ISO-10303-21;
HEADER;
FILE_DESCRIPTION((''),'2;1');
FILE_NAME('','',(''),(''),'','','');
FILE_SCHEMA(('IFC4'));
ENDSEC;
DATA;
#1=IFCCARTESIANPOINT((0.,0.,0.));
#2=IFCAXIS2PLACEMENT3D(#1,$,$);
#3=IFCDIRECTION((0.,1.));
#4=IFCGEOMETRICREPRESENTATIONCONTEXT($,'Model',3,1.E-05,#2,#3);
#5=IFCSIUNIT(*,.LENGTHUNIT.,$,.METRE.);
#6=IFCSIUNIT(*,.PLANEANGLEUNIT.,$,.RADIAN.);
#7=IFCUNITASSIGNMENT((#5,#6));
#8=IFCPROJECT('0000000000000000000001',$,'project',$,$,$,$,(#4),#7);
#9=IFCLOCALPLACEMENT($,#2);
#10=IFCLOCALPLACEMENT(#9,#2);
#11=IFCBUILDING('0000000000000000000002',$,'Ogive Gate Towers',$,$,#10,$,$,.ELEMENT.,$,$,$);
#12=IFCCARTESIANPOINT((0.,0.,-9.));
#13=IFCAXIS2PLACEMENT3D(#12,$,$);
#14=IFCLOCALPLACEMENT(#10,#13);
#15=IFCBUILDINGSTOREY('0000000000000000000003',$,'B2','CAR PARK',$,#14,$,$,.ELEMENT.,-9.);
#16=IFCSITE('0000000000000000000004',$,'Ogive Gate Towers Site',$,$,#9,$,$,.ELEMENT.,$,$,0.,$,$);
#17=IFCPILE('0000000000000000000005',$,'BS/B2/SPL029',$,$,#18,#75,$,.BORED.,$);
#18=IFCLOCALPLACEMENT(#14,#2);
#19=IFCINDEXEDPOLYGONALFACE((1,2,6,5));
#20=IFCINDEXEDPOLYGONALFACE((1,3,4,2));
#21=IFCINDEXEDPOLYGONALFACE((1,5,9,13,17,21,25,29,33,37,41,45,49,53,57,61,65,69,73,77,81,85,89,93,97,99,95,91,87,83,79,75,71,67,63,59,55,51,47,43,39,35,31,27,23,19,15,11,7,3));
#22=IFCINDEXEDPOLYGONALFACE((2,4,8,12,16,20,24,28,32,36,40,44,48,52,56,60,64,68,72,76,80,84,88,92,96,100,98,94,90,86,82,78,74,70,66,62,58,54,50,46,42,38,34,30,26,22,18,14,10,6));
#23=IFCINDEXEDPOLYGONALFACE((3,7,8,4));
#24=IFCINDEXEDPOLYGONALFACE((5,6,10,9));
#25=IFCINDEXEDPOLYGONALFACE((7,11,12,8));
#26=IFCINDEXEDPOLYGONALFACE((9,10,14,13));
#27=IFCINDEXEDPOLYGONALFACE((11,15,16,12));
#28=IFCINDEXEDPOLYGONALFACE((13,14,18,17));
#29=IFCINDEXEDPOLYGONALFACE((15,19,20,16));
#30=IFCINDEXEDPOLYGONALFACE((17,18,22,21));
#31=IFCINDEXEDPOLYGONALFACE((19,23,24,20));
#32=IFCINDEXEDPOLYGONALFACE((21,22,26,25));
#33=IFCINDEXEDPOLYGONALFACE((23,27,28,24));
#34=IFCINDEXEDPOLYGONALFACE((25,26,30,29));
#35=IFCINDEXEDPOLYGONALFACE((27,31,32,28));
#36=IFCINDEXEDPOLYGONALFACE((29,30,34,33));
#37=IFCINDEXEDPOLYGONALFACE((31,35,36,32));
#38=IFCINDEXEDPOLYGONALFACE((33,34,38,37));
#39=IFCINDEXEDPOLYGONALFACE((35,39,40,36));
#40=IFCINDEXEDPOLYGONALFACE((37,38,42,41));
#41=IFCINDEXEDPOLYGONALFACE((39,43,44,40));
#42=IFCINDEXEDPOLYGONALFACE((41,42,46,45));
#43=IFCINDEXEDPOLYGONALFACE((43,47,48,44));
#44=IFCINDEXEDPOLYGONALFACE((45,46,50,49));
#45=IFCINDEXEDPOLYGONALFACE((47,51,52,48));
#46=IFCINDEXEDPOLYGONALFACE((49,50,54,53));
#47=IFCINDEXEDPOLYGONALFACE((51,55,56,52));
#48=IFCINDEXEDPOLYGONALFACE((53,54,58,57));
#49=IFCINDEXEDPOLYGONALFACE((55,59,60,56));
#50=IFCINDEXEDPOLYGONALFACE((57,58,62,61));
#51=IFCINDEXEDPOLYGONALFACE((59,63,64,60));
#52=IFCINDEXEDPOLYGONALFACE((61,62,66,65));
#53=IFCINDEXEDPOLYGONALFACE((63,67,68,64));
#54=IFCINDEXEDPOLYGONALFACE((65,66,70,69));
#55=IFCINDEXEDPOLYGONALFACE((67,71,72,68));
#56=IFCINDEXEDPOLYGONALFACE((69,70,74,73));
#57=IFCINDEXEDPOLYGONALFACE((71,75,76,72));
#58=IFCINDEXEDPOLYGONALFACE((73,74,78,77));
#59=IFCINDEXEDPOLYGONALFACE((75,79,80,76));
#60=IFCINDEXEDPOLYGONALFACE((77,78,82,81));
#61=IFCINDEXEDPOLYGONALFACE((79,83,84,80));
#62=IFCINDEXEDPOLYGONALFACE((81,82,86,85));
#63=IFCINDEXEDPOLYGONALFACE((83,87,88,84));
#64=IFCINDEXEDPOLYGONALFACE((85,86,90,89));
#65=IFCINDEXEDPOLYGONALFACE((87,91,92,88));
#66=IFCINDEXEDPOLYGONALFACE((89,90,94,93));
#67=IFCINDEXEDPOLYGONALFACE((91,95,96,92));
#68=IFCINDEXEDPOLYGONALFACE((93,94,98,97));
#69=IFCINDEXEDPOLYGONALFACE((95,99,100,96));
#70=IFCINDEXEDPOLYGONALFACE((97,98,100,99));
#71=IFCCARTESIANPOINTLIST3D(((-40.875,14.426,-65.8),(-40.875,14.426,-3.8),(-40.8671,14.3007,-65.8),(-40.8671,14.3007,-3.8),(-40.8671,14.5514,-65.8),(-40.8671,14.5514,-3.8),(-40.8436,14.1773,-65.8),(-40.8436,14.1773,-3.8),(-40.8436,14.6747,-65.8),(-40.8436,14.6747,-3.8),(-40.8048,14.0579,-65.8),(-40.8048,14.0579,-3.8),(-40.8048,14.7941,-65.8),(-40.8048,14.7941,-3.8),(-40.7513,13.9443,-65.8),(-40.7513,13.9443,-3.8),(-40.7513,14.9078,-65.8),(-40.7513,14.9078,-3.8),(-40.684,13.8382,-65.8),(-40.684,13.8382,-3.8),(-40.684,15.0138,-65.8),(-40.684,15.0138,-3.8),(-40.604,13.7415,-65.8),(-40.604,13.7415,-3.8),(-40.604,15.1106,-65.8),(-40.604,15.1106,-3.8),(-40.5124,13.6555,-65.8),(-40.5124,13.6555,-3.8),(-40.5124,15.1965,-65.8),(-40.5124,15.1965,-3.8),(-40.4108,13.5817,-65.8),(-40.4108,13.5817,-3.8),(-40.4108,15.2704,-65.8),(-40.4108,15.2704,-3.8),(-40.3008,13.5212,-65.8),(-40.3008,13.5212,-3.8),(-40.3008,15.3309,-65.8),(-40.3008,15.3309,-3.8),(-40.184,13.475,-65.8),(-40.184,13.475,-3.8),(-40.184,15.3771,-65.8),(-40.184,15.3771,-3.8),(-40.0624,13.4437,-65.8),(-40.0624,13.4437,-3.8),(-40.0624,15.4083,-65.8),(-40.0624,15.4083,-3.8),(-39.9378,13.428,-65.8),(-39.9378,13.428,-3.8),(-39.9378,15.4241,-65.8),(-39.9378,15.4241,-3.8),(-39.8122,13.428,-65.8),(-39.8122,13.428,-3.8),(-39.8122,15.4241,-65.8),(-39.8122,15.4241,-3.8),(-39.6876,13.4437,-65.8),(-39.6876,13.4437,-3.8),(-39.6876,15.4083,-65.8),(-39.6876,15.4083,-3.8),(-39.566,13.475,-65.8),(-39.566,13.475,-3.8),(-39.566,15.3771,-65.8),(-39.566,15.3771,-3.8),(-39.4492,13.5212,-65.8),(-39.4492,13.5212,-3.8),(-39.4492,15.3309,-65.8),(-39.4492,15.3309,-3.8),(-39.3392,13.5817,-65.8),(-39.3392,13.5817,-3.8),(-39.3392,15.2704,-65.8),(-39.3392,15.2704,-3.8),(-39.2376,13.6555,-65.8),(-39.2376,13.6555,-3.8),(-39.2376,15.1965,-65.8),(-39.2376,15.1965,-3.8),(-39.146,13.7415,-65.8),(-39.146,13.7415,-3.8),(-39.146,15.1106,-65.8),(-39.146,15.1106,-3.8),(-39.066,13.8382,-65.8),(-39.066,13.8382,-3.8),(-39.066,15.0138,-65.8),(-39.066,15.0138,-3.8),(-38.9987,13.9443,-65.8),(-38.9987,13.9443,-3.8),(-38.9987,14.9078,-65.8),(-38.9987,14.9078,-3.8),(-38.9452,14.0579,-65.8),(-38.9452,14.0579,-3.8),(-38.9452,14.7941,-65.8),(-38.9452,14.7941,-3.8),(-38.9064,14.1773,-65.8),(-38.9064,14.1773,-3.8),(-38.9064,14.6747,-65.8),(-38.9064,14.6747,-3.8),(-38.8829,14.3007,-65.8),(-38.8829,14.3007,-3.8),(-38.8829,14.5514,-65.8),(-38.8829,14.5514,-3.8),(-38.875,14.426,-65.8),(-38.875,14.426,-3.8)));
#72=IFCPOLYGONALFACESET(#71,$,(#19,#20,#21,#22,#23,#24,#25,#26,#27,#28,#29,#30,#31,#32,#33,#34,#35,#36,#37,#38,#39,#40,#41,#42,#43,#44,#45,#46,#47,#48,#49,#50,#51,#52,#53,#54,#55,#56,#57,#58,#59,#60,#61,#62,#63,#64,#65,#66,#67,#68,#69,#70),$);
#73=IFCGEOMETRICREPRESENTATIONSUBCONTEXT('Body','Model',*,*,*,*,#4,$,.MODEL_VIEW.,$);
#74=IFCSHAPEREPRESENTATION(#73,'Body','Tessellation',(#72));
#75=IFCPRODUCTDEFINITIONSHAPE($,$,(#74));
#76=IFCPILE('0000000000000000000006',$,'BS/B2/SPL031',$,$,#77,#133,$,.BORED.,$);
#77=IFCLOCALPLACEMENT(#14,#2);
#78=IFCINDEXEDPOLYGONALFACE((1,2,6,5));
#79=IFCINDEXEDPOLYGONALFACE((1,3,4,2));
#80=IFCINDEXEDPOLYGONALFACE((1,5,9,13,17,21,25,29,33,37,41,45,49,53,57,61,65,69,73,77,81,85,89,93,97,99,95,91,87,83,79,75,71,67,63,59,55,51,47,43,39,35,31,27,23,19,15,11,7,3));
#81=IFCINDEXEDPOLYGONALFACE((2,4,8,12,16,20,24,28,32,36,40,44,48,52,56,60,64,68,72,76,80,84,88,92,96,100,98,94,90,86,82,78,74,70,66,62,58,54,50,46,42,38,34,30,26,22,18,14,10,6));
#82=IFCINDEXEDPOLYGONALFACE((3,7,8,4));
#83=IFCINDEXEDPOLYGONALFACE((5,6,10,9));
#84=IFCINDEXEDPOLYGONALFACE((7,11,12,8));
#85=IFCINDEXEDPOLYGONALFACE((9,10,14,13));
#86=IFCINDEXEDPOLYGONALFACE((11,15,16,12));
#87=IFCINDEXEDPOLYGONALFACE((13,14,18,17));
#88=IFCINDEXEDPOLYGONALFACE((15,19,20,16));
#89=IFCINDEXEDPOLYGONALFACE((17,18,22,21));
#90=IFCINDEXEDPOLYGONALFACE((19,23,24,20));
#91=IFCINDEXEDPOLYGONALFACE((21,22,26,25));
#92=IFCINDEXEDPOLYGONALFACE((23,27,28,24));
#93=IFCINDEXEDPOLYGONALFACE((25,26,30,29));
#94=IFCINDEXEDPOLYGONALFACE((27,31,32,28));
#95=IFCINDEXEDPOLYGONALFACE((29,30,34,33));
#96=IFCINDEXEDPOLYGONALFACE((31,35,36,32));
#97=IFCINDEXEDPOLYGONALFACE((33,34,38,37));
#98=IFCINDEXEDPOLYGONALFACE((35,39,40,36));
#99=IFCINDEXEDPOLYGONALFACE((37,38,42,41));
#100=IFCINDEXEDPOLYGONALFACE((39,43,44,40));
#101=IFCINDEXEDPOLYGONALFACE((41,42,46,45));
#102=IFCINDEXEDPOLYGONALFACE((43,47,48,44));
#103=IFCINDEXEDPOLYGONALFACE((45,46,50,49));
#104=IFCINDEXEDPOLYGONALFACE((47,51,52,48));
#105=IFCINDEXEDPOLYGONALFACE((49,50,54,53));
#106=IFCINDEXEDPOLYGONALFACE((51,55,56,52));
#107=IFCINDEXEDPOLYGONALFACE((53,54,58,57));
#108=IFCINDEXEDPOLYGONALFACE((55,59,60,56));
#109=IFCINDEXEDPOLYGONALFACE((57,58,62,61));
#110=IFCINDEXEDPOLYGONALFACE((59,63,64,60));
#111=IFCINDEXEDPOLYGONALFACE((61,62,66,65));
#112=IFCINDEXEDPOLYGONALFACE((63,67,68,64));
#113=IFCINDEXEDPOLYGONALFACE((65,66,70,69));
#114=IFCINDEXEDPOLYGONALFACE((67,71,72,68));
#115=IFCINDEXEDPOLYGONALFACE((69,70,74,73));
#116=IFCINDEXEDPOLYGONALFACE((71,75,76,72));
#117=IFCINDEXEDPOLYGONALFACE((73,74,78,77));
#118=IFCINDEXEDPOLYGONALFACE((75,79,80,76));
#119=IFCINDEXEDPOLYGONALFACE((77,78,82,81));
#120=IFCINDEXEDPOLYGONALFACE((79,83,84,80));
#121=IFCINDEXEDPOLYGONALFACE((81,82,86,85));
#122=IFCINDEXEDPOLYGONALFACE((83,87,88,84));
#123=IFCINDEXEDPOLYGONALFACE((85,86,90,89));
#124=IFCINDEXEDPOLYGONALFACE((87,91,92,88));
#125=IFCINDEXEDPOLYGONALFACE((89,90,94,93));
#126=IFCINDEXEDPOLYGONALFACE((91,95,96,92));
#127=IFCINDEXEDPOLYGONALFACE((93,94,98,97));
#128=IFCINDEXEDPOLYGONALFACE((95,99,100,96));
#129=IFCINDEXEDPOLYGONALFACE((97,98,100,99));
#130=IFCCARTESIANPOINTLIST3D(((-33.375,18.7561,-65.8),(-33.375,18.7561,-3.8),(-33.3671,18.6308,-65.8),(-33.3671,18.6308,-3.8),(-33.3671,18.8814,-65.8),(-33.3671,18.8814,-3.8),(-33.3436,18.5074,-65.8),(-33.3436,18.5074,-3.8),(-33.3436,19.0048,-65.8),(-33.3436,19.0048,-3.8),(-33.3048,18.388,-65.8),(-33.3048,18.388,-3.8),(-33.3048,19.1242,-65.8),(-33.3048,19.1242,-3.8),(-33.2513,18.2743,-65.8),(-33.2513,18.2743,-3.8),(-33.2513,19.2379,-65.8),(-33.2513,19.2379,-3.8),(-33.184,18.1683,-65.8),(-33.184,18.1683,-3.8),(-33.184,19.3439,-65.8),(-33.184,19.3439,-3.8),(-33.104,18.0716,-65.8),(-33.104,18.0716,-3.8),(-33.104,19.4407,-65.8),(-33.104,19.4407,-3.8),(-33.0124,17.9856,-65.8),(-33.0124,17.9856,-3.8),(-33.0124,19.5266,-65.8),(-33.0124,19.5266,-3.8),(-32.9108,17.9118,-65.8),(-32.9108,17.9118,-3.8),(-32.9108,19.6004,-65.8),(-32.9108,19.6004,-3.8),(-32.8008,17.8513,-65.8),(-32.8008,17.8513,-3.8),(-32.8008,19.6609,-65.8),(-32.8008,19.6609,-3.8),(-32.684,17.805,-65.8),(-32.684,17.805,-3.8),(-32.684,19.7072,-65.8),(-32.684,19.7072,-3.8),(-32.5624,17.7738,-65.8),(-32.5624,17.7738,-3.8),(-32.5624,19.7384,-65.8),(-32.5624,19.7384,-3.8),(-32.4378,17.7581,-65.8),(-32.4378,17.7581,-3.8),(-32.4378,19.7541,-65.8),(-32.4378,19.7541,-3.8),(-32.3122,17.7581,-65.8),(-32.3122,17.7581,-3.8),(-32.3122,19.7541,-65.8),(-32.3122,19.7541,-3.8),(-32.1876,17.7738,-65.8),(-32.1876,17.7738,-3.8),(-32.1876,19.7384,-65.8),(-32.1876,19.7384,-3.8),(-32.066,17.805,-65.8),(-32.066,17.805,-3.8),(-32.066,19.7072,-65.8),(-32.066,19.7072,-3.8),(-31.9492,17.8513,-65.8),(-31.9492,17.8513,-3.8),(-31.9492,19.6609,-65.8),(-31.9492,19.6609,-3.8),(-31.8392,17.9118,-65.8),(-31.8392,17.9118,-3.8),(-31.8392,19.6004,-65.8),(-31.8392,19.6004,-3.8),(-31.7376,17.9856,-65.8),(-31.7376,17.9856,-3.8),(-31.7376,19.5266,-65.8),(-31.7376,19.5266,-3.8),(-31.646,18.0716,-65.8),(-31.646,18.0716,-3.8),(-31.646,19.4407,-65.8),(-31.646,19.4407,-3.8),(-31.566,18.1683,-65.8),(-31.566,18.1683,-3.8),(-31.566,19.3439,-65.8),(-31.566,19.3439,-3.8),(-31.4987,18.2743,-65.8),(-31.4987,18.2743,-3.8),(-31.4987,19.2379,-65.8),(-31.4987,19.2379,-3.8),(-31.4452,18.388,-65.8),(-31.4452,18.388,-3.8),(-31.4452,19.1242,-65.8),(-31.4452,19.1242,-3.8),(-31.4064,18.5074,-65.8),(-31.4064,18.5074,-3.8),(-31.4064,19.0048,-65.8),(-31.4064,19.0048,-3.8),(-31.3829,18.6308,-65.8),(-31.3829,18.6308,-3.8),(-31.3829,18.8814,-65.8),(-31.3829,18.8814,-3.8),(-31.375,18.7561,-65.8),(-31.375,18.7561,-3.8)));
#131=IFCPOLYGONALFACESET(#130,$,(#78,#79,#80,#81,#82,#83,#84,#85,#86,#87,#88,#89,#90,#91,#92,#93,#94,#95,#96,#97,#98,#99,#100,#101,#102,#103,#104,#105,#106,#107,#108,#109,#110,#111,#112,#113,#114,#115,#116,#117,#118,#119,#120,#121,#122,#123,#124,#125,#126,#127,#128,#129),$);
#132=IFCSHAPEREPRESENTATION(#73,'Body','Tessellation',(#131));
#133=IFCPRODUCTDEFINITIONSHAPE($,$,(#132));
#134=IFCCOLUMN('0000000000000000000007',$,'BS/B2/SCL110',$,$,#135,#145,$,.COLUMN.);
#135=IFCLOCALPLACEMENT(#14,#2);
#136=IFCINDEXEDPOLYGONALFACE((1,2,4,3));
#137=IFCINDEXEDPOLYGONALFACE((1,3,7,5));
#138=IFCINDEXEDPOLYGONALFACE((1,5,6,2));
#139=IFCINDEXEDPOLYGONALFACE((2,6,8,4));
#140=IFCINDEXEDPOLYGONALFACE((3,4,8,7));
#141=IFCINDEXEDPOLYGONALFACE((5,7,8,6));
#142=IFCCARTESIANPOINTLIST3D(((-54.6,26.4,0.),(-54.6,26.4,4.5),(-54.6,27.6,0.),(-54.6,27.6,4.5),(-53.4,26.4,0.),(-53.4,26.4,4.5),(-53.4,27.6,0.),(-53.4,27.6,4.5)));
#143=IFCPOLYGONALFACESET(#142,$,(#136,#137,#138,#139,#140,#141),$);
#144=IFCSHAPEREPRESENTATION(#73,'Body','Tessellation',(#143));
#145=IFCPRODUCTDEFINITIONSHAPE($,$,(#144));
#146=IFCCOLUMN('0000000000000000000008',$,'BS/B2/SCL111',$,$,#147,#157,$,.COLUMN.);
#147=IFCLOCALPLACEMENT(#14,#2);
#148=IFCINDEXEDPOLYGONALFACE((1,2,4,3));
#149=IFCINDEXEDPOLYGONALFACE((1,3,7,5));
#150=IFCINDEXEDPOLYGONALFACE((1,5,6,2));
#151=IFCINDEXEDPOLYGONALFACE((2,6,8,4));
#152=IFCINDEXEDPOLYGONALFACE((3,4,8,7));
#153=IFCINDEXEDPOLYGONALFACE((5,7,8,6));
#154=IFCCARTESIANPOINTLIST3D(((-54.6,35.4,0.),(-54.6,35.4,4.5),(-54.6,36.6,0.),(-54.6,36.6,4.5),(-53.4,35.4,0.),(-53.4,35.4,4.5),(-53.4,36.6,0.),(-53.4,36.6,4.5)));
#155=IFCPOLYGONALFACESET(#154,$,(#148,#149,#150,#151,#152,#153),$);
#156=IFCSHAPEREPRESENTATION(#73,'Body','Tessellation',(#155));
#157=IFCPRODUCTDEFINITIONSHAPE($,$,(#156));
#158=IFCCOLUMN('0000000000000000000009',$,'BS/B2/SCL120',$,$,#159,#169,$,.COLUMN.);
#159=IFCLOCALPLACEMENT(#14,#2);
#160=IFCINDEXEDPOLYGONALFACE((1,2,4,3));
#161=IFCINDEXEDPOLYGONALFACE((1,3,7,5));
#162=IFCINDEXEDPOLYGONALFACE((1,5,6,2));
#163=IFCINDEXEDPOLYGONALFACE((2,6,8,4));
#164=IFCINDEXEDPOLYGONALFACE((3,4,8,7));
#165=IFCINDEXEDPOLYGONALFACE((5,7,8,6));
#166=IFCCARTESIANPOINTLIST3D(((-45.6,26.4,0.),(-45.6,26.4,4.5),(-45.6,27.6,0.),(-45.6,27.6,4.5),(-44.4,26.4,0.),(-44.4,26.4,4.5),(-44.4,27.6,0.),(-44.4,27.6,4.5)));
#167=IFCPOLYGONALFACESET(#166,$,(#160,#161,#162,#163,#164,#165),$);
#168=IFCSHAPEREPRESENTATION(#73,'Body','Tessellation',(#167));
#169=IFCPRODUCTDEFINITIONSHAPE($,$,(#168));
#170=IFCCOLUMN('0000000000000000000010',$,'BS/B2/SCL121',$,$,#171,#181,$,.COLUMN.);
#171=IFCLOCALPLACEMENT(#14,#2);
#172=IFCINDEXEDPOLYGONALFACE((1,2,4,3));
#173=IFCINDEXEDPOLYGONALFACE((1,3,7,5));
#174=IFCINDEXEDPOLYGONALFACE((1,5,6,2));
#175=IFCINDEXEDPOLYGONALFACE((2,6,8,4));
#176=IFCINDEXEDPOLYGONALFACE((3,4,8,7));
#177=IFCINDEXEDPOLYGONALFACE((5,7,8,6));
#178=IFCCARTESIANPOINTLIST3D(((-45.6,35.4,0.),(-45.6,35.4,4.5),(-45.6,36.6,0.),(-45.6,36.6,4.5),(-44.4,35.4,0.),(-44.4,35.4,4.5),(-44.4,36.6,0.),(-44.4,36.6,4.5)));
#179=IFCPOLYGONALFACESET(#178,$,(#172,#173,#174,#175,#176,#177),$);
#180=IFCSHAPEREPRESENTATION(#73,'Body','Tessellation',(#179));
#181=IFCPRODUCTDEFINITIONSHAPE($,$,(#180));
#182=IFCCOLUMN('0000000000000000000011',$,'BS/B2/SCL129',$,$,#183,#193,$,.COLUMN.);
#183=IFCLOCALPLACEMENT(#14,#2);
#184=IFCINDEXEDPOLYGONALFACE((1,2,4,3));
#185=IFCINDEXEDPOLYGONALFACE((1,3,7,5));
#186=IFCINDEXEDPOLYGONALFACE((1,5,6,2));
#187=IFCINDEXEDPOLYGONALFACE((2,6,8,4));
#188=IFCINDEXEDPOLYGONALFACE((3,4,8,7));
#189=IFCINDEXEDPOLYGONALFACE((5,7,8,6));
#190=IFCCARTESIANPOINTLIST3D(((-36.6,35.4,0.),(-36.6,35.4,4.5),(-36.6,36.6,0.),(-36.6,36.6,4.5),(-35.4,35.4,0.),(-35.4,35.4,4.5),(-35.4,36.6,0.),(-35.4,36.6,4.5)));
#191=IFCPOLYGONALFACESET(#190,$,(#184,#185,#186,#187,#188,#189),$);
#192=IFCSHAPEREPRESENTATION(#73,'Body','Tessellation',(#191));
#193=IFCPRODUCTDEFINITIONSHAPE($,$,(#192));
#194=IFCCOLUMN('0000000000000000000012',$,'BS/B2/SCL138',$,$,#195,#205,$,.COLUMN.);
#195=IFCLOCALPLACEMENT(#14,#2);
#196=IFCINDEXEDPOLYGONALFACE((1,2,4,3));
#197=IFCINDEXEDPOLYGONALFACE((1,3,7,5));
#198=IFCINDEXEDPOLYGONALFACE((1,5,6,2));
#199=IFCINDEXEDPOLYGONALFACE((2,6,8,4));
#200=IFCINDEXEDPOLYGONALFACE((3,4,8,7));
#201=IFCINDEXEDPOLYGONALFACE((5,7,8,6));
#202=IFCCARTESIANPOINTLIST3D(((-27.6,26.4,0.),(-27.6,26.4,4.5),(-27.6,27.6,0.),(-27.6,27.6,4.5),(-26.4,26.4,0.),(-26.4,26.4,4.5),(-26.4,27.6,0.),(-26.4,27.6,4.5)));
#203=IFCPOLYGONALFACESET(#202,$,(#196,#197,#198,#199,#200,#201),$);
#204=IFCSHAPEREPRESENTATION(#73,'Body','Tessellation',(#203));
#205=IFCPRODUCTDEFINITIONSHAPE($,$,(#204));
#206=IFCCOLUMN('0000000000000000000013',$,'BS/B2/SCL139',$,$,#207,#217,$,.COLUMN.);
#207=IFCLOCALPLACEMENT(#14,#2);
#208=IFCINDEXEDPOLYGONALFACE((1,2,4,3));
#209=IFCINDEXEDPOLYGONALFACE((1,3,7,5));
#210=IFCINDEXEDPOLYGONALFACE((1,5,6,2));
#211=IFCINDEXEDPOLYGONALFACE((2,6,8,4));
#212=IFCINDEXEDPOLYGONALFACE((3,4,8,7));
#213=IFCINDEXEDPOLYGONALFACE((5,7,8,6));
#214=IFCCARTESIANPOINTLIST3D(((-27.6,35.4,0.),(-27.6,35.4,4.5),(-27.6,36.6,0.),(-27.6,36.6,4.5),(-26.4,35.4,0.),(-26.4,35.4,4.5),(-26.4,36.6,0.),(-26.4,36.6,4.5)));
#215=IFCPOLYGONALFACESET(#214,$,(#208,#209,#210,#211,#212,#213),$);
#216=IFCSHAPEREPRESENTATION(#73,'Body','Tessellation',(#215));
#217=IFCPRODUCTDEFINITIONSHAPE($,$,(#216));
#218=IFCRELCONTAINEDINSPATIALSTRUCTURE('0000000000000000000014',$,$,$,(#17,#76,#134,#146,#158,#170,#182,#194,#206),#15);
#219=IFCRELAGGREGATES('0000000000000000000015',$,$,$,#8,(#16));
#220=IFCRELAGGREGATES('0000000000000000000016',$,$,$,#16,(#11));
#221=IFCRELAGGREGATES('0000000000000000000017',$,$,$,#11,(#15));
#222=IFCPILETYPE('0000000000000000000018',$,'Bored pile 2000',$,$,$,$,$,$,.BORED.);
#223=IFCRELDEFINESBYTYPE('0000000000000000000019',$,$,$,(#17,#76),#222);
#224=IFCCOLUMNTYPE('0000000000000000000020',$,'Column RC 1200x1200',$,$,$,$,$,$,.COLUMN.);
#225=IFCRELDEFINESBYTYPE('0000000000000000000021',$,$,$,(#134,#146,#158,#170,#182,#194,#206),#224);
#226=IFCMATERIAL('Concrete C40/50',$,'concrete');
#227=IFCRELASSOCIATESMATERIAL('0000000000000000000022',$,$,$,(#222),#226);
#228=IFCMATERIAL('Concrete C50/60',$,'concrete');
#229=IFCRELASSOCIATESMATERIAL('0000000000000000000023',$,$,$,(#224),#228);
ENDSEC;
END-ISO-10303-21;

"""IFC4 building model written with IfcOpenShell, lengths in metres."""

from ifc_helpers import new_model, si_unit, direction, frame, origin, origin_2d, place, context, subcontext, project, spatial, rectangle, circle, extrude, material, material_profile, profile_set, type_object, element, save


model = new_model("IFC4")

# Units and contexts
model_context = context("Model", 3, precision=1e-05, world=origin(), true_north=direction((0.0, 1.0)))
body_context = subcontext(model_context, "Body", "Model", "MODEL_VIEW")
ifc_project = project(units=[si_unit("LENGTHUNIT", "METRE"), si_unit("PLANEANGLEUNIT", "RADIAN")], contexts=[model_context])

# Site, building, storey
site_placement = place(None, origin())
site = spatial("IfcSite", under=ifc_project, at=site_placement, Name="Ogive Gate Towers Site", CompositionType="ELEMENT", RefElevation=0.0)
building_placement = place(site_placement, origin())
building = spatial("IfcBuilding", under=site, at=building_placement, Name="Ogive Gate Towers", CompositionType="ELEMENT")
storey_placement = place(building_placement, frame((0.0, 0.0, -9.0)))
storey = spatial("IfcBuildingStorey", under=building, at=storey_placement, Name="B2", Description="CAR PARK", CompositionType="ELEMENT", Elevation=-9.0)

# Piles
ifc_material_1 = material(Name="Concrete C40/50", Category="concrete")
ifc_material_profile_1 = material_profile(ifc_material_1, circle(Radius=1.0, at=origin_2d()), Name="BP 2000")
ifc_profile_set_1 = profile_set([ifc_material_profile_1], Name="Concrete C40/50")
pile_type_1 = type_object("IfcPileType", Name="Bored pile 2000", PredefinedType="BORED", material=ifc_profile_set_1)
for number, where, z_axis, x_axis, name in (
    (1, (-39.875, 14.426, -3.8), (0.0, 0.0, -1.0), (1.0, 0.0, 0.0), "BS/B2/SPL029"),
    (2, (-32.375, 18.7561, -3.8), (0.0, 0.0, -1.0), (1.0, 0.0, 0.0), "BS/B2/SPL031"),
):
    element("IfcPile", number, at=place(storey_placement, frame(where, z_axis=z_axis, x_axis=x_axis)), inside=storey, type_object=pile_type_1, Name=name, PredefinedType="BORED", context=body_context, shape_type="SweptSolid", body=[
        extrude(circle(Radius=1.0, at=origin_2d()), origin(), (0.0, 0.0, 1.0), 62.0),
    ])

# Columns
ifc_material_2 = material(Name="Concrete C50/60", Category="concrete")
ifc_material_profile_2 = material_profile(ifc_material_2, rectangle(XDim=1.2, YDim=1.2, at=origin_2d()), Name="RC 1200x1200")
ifc_profile_set_2 = profile_set([ifc_material_profile_2], Name="Concrete C50/60")
column_type_1 = type_object("IfcColumnType", Name="Column RC 1200x1200", PredefinedType="COLUMN", material=ifc_profile_set_2)
for number, where, z_axis, x_axis, name in (
    (3, (-54.0, 27.0, 0.0), (0.0, 0.0, 1.0), (1.0, 0.0, 0.0), "BS/B2/SCL110"),
    (4, (-54.0, 36.0, 0.0), (0.0, 0.0, 1.0), (1.0, 0.0, 0.0), "BS/B2/SCL111"),
    (5, (-45.0, 27.0, 0.0), (0.0, 0.0, 1.0), (1.0, 0.0, 0.0), "BS/B2/SCL120"),
    (6, (-45.0, 36.0, 0.0), (0.0, 0.0, 1.0), (1.0, 0.0, 0.0), "BS/B2/SCL121"),
    (7, (-36.0, 36.0, 0.0), (0.0, 0.0, 1.0), (1.0, 0.0, 0.0), "BS/B2/SCL129"),
    (8, (-27.0, 27.0, 0.0), (0.0, 0.0, 1.0), (1.0, 0.0, 0.0), "BS/B2/SCL138"),
    (9, (-27.0, 36.0, 0.0), (0.0, 0.0, 1.0), (1.0, 0.0, 0.0), "BS/B2/SCL139"),
):
    element("IfcColumn", number, at=place(storey_placement, frame(where, z_axis=z_axis, x_axis=x_axis)), inside=storey, type_object=column_type_1, Name=name, PredefinedType="COLUMN", context=body_context, shape_type="SweptSolid", body=[
        extrude(rectangle(XDim=1.2, YDim=1.2, at=origin_2d()), origin(), (0.0, 0.0, 1.0), 4.5),
    ])

save(model, "model.ifc")
